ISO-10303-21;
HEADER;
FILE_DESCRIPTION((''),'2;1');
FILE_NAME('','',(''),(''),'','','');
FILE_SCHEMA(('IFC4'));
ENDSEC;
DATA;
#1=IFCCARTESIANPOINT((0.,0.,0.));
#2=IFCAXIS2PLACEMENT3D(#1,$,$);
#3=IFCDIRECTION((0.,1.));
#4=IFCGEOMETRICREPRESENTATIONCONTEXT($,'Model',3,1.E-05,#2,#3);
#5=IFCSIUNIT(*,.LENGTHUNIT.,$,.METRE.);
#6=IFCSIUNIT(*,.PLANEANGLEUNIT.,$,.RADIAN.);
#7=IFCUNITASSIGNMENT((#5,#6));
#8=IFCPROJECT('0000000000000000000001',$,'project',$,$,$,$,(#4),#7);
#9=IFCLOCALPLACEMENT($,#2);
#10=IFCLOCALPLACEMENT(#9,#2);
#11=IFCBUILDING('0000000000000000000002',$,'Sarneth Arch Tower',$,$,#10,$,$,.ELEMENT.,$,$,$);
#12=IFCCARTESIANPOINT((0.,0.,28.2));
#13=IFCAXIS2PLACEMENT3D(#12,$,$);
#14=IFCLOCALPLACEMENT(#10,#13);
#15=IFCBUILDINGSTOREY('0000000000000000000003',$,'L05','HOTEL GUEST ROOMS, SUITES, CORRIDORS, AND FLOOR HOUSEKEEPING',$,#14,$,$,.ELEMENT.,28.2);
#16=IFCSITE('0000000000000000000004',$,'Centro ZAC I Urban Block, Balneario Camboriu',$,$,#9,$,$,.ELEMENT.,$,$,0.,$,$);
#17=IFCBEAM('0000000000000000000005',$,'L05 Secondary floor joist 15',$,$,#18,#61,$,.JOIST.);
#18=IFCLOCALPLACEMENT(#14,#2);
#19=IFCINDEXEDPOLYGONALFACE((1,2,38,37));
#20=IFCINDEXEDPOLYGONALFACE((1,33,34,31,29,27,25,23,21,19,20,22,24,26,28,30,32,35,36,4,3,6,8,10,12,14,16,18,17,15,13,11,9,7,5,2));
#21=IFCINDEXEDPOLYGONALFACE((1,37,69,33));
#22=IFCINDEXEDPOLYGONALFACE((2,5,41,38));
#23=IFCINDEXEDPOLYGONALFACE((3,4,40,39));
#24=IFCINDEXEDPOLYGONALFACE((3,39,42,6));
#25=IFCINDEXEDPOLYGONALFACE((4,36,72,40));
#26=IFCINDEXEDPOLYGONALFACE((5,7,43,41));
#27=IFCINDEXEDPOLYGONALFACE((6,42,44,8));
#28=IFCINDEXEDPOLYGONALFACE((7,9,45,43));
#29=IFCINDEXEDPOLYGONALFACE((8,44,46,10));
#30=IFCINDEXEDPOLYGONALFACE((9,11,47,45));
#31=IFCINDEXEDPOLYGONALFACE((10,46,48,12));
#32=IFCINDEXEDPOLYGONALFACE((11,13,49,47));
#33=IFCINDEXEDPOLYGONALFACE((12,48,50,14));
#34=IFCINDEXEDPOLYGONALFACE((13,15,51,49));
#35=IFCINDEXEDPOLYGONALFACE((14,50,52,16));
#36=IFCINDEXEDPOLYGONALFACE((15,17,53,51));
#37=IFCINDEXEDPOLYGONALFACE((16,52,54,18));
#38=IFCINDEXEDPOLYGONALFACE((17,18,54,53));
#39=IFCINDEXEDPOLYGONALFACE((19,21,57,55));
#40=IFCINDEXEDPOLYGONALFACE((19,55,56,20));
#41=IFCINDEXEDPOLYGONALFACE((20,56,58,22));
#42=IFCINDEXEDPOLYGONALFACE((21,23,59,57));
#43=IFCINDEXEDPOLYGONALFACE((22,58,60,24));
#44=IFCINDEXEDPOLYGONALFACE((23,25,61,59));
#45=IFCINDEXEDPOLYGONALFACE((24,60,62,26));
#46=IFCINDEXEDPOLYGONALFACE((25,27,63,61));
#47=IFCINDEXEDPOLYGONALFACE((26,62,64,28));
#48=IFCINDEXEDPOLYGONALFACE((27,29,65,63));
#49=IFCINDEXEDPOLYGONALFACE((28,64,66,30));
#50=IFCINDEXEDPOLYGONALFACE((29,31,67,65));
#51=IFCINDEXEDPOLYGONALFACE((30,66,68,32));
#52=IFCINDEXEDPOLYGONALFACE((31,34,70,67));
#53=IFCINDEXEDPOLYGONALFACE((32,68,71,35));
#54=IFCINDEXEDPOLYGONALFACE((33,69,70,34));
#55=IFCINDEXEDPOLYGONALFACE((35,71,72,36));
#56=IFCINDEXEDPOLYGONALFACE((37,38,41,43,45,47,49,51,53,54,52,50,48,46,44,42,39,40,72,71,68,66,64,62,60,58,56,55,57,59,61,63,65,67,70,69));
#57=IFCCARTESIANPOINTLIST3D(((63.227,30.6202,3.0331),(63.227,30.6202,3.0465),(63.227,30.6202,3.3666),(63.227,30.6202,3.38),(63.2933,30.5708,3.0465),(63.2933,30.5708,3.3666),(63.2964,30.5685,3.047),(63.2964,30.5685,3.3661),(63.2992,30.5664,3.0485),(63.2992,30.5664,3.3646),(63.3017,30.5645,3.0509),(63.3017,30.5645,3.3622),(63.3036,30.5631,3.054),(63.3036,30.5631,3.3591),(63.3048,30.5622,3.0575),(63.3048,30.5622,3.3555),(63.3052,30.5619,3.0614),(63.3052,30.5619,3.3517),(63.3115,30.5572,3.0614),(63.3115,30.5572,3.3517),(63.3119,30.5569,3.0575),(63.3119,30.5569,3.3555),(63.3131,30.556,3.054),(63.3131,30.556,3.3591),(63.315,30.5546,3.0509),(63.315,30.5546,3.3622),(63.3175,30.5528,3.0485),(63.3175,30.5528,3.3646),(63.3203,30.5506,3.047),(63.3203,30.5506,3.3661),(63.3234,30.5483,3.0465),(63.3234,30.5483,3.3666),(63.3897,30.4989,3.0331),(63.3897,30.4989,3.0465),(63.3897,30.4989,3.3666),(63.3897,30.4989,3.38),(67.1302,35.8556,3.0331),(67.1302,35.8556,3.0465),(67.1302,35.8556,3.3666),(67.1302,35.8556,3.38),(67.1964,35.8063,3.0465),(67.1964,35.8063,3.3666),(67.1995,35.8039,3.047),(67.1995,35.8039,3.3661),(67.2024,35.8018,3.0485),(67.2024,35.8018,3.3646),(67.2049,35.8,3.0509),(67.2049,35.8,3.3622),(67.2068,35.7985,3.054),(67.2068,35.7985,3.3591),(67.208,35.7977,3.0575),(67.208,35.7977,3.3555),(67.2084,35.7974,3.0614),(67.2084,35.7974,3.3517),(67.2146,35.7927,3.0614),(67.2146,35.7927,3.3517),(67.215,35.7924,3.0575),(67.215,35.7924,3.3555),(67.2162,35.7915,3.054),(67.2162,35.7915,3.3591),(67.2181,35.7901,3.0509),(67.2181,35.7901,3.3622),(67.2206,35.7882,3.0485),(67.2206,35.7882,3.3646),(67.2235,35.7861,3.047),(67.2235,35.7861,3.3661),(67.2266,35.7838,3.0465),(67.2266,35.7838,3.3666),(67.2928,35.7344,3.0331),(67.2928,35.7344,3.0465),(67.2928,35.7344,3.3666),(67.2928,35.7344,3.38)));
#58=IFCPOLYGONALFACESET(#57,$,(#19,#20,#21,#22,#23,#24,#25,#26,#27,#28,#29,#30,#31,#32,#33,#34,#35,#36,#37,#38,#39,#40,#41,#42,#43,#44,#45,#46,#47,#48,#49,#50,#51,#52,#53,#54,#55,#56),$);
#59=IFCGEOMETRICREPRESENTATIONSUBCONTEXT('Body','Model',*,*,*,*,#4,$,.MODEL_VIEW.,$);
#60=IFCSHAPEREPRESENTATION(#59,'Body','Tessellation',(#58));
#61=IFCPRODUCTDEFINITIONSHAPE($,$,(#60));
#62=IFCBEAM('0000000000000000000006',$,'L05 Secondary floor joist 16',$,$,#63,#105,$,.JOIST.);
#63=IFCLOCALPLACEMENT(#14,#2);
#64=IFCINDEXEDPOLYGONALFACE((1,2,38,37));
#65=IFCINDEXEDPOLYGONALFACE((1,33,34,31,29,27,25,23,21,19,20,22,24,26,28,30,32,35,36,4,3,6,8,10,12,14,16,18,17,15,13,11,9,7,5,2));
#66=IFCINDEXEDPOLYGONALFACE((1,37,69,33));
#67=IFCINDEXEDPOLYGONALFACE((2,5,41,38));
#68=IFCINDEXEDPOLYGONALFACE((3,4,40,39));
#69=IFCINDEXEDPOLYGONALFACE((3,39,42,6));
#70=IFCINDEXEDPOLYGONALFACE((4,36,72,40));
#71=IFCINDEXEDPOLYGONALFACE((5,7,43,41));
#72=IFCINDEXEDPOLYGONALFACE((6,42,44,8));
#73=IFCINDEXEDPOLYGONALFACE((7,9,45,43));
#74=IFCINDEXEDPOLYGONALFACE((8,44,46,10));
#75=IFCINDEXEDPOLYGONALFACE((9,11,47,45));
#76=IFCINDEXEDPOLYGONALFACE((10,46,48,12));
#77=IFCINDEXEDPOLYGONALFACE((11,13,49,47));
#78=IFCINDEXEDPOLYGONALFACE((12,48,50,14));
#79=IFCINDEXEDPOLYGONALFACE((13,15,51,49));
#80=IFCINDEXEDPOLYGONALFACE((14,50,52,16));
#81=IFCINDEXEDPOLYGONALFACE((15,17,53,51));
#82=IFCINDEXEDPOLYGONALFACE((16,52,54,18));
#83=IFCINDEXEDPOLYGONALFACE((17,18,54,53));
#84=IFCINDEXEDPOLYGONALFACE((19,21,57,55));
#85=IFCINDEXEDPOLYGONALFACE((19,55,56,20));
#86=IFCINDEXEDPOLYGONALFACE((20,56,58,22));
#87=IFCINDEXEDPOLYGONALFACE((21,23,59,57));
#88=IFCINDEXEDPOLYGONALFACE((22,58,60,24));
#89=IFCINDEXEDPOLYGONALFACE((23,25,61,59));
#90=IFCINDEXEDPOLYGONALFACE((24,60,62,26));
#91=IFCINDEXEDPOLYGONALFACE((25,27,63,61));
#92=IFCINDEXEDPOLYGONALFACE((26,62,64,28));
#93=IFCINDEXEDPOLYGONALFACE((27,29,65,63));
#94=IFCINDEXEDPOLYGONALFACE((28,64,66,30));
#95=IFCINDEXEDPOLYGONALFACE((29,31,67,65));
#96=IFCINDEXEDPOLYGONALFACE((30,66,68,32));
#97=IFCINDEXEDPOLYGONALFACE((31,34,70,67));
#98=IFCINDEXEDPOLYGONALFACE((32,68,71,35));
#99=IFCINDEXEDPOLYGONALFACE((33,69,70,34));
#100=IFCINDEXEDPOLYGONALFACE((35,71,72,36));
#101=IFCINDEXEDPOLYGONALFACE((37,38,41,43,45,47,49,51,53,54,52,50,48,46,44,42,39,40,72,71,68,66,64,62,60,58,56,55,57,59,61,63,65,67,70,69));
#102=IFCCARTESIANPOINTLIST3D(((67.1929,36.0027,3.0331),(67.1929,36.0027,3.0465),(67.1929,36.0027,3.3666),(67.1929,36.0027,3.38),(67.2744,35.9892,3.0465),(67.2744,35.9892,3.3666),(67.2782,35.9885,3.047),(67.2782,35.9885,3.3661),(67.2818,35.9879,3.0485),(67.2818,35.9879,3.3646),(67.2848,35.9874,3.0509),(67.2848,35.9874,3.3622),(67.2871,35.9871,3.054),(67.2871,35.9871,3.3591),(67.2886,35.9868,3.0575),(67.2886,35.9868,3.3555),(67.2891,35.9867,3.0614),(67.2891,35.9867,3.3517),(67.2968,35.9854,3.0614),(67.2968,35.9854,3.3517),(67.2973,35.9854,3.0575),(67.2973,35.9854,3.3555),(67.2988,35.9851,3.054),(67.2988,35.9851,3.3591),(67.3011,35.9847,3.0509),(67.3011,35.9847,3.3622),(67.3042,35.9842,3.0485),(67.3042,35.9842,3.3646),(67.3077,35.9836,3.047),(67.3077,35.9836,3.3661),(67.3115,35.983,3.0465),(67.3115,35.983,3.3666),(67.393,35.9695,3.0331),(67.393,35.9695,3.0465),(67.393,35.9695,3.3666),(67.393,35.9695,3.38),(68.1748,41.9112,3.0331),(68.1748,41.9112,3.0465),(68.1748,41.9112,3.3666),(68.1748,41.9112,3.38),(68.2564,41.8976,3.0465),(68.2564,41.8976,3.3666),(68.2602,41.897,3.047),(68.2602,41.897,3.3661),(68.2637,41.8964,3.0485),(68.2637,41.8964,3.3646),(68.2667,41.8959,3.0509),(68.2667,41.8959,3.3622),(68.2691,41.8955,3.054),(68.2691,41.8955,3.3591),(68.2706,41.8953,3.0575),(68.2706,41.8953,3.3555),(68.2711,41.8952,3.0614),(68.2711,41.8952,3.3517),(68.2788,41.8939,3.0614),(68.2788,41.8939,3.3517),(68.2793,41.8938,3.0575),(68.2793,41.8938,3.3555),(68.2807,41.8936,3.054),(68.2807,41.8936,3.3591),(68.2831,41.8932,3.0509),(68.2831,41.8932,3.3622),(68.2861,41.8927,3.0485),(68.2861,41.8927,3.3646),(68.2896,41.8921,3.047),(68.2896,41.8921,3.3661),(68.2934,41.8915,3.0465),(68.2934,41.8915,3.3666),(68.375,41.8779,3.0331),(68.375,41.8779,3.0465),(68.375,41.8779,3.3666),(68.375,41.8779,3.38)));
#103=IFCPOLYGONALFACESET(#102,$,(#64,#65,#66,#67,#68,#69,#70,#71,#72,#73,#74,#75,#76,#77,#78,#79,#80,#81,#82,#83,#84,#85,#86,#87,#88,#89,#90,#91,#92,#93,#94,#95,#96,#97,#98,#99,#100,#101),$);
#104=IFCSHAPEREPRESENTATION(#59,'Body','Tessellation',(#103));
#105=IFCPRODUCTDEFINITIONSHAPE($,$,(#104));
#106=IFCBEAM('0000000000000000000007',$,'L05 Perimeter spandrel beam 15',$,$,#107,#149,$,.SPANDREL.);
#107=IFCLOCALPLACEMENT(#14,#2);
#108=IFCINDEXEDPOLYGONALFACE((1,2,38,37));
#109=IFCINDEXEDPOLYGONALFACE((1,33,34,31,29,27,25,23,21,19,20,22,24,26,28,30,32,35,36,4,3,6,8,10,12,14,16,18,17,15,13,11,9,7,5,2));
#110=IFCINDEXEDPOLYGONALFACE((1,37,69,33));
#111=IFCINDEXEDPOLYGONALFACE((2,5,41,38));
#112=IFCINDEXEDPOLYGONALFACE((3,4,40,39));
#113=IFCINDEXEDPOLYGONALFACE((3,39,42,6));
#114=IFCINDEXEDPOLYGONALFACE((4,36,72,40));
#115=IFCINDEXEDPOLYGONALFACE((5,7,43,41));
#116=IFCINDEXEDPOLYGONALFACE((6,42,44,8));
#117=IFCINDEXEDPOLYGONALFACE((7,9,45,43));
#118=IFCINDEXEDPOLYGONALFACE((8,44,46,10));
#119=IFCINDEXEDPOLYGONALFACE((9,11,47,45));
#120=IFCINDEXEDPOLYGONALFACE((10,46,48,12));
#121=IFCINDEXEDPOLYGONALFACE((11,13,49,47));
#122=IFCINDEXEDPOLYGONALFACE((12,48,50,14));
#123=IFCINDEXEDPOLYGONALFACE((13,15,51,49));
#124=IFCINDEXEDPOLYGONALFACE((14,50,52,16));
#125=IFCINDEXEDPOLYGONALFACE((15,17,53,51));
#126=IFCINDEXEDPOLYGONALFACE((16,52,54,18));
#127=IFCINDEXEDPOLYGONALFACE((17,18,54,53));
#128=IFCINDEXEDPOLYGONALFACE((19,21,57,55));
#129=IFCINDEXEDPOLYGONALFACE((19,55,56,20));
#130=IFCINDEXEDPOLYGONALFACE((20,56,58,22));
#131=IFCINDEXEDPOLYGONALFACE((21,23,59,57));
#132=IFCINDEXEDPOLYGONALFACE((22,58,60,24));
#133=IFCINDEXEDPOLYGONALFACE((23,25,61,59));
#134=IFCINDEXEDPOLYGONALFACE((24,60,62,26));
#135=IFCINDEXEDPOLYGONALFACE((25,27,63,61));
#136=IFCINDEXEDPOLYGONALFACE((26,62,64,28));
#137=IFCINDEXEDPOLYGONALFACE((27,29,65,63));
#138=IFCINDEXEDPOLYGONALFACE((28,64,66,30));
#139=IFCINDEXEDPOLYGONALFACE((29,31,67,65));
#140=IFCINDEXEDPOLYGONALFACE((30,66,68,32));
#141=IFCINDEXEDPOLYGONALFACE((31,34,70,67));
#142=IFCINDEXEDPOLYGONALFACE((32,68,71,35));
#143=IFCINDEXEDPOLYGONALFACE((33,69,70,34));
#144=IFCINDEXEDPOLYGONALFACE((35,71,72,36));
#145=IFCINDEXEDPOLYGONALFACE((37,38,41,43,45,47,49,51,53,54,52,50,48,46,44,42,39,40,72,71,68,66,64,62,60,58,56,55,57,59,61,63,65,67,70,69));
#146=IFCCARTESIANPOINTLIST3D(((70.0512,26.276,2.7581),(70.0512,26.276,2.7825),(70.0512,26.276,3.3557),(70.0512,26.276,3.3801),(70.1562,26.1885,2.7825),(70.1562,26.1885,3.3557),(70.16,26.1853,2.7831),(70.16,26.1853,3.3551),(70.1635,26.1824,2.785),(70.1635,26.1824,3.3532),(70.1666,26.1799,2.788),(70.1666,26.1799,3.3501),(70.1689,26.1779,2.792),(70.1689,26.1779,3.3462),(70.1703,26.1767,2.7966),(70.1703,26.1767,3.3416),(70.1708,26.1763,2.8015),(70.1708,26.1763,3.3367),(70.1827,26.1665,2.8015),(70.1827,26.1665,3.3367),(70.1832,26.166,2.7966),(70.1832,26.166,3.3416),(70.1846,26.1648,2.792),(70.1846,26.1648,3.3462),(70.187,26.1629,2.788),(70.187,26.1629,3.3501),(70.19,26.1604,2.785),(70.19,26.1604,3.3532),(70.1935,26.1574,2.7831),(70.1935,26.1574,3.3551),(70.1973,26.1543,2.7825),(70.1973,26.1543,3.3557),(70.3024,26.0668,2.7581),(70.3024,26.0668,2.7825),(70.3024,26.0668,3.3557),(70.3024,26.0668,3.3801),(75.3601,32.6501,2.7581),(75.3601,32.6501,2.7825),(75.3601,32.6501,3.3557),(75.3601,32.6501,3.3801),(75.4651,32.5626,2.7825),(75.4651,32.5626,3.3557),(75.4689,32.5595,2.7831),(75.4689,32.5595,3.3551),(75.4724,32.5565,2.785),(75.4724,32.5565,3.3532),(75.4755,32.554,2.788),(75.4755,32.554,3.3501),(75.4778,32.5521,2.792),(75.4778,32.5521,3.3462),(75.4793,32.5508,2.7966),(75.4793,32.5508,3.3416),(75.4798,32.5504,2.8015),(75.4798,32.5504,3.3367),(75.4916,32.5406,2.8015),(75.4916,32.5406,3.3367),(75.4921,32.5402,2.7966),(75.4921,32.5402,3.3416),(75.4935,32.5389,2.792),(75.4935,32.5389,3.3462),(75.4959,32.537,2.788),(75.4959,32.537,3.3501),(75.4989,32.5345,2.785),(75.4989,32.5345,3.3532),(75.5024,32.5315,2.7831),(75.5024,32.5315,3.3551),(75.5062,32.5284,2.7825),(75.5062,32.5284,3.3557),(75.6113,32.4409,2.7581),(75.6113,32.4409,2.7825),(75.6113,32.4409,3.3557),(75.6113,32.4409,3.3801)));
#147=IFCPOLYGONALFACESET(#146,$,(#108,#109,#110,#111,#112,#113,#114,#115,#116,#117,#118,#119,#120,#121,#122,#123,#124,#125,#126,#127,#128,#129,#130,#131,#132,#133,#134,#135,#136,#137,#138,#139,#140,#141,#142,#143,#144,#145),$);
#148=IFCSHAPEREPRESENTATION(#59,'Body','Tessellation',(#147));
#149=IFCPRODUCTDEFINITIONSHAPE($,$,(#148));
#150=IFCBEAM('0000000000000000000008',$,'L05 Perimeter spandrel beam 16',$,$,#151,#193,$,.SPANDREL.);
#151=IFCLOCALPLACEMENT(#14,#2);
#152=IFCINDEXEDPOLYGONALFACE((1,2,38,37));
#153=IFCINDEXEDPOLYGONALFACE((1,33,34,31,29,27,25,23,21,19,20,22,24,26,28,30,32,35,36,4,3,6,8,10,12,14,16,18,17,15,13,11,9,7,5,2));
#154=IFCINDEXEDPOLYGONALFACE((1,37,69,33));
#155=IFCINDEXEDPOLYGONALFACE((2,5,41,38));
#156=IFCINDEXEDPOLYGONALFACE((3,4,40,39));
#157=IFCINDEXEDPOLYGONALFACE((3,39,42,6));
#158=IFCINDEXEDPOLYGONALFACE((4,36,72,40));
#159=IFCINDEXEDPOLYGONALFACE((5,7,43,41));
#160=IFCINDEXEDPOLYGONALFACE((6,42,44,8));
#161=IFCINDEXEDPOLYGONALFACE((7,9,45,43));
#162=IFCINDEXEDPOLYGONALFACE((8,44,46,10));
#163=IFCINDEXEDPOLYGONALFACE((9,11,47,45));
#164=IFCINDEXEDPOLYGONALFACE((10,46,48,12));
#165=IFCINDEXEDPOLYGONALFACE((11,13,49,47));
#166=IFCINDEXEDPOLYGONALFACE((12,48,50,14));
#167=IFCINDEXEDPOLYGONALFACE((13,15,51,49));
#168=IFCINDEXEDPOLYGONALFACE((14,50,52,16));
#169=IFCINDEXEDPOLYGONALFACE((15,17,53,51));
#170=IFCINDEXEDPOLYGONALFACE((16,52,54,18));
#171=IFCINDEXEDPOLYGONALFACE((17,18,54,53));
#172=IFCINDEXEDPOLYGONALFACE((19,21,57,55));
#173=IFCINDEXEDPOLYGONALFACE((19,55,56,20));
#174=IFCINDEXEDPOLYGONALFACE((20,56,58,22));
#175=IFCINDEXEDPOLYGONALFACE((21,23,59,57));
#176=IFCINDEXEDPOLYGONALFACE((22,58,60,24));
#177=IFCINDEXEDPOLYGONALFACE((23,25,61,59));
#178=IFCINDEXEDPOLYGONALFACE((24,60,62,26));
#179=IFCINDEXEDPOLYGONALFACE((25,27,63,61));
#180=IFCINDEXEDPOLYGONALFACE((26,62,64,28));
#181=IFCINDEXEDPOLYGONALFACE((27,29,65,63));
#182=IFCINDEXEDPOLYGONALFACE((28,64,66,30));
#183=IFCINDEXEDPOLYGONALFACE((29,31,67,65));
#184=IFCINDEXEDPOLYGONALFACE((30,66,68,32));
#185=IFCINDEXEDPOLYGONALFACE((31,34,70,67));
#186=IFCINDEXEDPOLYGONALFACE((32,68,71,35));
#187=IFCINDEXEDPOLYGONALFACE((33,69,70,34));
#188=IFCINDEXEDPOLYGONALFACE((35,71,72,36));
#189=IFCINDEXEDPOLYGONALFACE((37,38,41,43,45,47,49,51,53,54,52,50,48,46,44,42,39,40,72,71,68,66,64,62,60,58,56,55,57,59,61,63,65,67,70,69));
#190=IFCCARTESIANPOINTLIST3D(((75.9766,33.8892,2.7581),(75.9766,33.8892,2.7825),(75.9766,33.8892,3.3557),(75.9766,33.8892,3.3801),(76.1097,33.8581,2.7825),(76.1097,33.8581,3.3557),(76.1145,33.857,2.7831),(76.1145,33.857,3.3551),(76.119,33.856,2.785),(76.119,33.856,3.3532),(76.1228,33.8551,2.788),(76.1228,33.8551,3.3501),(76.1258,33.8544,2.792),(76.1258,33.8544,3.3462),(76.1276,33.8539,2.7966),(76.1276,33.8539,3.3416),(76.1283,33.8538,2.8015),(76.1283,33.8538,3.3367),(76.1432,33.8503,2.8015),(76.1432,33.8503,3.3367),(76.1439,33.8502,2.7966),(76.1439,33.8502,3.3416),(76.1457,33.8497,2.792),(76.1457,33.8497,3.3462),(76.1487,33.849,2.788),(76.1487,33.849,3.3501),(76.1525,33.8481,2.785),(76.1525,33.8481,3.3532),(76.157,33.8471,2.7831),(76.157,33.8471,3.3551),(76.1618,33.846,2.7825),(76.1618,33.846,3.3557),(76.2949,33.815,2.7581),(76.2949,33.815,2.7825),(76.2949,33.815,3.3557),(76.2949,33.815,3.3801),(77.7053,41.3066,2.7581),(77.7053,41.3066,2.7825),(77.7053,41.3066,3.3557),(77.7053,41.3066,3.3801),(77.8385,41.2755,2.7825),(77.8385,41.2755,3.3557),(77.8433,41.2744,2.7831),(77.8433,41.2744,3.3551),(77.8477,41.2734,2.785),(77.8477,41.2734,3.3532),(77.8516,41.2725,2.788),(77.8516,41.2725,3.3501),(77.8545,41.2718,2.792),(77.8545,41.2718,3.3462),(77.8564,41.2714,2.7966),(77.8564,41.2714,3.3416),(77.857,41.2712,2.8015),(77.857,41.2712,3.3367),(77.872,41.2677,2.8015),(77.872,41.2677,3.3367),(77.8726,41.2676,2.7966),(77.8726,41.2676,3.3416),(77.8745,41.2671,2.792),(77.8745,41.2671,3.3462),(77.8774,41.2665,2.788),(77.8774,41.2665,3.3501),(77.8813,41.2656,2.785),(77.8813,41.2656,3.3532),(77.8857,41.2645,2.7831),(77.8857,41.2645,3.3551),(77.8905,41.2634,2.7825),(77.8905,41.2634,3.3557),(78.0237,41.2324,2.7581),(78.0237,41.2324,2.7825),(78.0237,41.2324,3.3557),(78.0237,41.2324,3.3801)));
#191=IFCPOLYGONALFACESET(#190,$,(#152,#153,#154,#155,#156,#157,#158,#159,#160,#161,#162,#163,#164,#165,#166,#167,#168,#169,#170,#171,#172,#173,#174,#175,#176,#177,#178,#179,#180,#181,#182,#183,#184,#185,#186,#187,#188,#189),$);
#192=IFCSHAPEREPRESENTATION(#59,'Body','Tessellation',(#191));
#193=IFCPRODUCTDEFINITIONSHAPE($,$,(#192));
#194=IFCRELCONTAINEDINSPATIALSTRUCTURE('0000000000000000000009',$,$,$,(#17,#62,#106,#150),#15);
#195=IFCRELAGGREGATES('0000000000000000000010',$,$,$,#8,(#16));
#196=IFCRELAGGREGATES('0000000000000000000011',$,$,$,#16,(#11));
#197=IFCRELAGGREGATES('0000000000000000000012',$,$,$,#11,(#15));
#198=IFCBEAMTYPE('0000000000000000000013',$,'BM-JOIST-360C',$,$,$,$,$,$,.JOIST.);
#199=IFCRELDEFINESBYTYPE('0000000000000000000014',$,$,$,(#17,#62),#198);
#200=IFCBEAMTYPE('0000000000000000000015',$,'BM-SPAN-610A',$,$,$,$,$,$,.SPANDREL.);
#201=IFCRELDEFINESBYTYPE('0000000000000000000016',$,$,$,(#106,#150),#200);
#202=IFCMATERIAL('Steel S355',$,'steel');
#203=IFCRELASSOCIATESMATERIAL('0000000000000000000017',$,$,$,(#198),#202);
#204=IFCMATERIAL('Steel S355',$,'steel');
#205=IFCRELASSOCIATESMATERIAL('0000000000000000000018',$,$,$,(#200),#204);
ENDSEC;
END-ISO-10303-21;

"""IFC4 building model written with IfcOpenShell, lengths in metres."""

from ifc_helpers import new_model, si_unit, direction, frame, origin, origin_2d, place, context, subcontext, project, spatial, i_section, extrude, material, material_profile, profile_set, type_object, element, save


model = new_model("IFC4")

# Units and contexts
model_context = context("Model", 3, precision=1e-05, world=origin(), true_north=direction((0.0, 1.0)))
body_context = subcontext(model_context, "Body", "Model", "MODEL_VIEW")
ifc_project = project(units=[si_unit("LENGTHUNIT", "METRE"), si_unit("PLANEANGLEUNIT", "RADIAN")], contexts=[model_context])

# Site, building, storey
site_placement = place(None, origin())
site = spatial("IfcSite", under=ifc_project, at=site_placement, Name="Centro ZAC I Urban Block, Balneario Camboriu", CompositionType="ELEMENT", RefElevation=0.0)
building_placement = place(site_placement, origin())
building = spatial("IfcBuilding", under=site, at=building_placement, Name="Sarneth Arch Tower", CompositionType="ELEMENT")
storey_placement = place(building_placement, frame((0.0, 0.0, 28.2)))
storey = spatial("IfcBuildingStorey", under=building, at=storey_placement, Name="L05", Description="HOTEL GUEST ROOMS, SUITES, CORRIDORS, AND FLOOR HOUSEKEEPING", CompositionType="ELEMENT", Elevation=28.2)

# Beams
ifc_material_1 = material(Name="Steel S355", Category="steel")
ifc_material_profile_1 = material_profile(ifc_material_1, i_section(OverallWidth=0.2029, OverallDepth=0.3469, WebThickness=0.0078, FlangeThickness=0.0134, FilletRadius=0.0149, at=origin_2d()), Name="W360x64")
ifc_profile_set_1 = profile_set([ifc_material_profile_1], Name="Steel S355")
beam_type_1 = type_object("IfcBeamType", Name="BM-JOIST-360C", PredefinedType="JOIST", material=ifc_profile_set_1)
beam_1_placement = place(storey_placement, frame((63.3083, 30.5596, 3.2065), z_axis=(0.5977, 0.801719, 0.0), x_axis=(-0.801719, 0.5977, 0.0)))
element("IfcBeam", 1, at=beam_1_placement, inside=storey, type_object=beam_type_1, Name="L05 Secondary floor joist 15", PredefinedType="JOIST", context=body_context, shape_type="SweptSolid", body=[
    extrude(i_section(OverallWidth=0.2029, OverallDepth=0.3469, WebThickness=0.0078, FlangeThickness=0.0134, FilletRadius=0.0149, at=origin_2d()), origin(), (0.0, 0.0, 1.0), 6.5303),
])
beam_2_placement = place(storey_placement, frame((67.293, 35.9861, 3.2065), z_axis=(0.163943, 0.98647, 0.0), x_axis=(-0.98647, 0.163943, 0.0)))
element("IfcBeam", 2, at=beam_2_placement, inside=storey, type_object=beam_type_1, Name="L05 Secondary floor joist 16", PredefinedType="JOIST", context=body_context, shape_type="SweptSolid", body=[
    extrude(i_section(OverallWidth=0.2029, OverallDepth=0.3469, WebThickness=0.0078, FlangeThickness=0.0134, FilletRadius=0.0149, at=origin_2d()), origin(), (0.0, 0.0, 1.0), 5.9895),
])
ifc_material_2 = material(Name="Steel S355", Category="steel")
ifc_material_profile_2 = material_profile(ifc_material_2, i_section(OverallWidth=0.3269, OverallDepth=0.6221, WebThickness=0.0154, FlangeThickness=0.0244, FilletRadius=0.019, at=origin_2d()), Name="W610x195")
ifc_profile_set_2 = profile_set([ifc_material_profile_2], Name="Steel S355")
beam_type_2 = type_object("IfcBeamType", Name="BM-SPAN-610A", PredefinedType="SPANDREL", material=ifc_profile_set_2)
beam_3_placement = place(storey_placement, frame((70.1768, 26.1714, 3.0691), z_axis=(0.639982, 0.76839, 0.0), x_axis=(-0.76839, 0.639982, 0.0)))
element("IfcBeam", 3, at=beam_3_placement, inside=storey, type_object=beam_type_2, Name="L05 Perimeter spandrel beam 15", PredefinedType="SPANDREL", context=body_context, shape_type="SweptSolid", body=[
    extrude(i_section(OverallWidth=0.3269, OverallDepth=0.6221, WebThickness=0.0154, FlangeThickness=0.0244, FilletRadius=0.019, at=origin_2d()), origin(), (0.0, 0.0, 1.0), 8.2954),
])
beam_4_placement = place(storey_placement, frame((76.1357, 33.8521, 3.0691), z_axis=(0.226982, 0.973899, 0.0), x_axis=(-0.973899, 0.226982, 0.0)))
element("IfcBeam", 4, at=beam_4_placement, inside=storey, type_object=beam_type_2, Name="L05 Perimeter spandrel beam 16", PredefinedType="SPANDREL", context=body_context, shape_type="SweptSolid", body=[
    extrude(i_section(OverallWidth=0.3269, OverallDepth=0.6221, WebThickness=0.0154, FlangeThickness=0.0244, FilletRadius=0.019, at=origin_2d()), origin(), (0.0, 0.0, 1.0), 7.6162),
])

save(model, "model.ifc")
